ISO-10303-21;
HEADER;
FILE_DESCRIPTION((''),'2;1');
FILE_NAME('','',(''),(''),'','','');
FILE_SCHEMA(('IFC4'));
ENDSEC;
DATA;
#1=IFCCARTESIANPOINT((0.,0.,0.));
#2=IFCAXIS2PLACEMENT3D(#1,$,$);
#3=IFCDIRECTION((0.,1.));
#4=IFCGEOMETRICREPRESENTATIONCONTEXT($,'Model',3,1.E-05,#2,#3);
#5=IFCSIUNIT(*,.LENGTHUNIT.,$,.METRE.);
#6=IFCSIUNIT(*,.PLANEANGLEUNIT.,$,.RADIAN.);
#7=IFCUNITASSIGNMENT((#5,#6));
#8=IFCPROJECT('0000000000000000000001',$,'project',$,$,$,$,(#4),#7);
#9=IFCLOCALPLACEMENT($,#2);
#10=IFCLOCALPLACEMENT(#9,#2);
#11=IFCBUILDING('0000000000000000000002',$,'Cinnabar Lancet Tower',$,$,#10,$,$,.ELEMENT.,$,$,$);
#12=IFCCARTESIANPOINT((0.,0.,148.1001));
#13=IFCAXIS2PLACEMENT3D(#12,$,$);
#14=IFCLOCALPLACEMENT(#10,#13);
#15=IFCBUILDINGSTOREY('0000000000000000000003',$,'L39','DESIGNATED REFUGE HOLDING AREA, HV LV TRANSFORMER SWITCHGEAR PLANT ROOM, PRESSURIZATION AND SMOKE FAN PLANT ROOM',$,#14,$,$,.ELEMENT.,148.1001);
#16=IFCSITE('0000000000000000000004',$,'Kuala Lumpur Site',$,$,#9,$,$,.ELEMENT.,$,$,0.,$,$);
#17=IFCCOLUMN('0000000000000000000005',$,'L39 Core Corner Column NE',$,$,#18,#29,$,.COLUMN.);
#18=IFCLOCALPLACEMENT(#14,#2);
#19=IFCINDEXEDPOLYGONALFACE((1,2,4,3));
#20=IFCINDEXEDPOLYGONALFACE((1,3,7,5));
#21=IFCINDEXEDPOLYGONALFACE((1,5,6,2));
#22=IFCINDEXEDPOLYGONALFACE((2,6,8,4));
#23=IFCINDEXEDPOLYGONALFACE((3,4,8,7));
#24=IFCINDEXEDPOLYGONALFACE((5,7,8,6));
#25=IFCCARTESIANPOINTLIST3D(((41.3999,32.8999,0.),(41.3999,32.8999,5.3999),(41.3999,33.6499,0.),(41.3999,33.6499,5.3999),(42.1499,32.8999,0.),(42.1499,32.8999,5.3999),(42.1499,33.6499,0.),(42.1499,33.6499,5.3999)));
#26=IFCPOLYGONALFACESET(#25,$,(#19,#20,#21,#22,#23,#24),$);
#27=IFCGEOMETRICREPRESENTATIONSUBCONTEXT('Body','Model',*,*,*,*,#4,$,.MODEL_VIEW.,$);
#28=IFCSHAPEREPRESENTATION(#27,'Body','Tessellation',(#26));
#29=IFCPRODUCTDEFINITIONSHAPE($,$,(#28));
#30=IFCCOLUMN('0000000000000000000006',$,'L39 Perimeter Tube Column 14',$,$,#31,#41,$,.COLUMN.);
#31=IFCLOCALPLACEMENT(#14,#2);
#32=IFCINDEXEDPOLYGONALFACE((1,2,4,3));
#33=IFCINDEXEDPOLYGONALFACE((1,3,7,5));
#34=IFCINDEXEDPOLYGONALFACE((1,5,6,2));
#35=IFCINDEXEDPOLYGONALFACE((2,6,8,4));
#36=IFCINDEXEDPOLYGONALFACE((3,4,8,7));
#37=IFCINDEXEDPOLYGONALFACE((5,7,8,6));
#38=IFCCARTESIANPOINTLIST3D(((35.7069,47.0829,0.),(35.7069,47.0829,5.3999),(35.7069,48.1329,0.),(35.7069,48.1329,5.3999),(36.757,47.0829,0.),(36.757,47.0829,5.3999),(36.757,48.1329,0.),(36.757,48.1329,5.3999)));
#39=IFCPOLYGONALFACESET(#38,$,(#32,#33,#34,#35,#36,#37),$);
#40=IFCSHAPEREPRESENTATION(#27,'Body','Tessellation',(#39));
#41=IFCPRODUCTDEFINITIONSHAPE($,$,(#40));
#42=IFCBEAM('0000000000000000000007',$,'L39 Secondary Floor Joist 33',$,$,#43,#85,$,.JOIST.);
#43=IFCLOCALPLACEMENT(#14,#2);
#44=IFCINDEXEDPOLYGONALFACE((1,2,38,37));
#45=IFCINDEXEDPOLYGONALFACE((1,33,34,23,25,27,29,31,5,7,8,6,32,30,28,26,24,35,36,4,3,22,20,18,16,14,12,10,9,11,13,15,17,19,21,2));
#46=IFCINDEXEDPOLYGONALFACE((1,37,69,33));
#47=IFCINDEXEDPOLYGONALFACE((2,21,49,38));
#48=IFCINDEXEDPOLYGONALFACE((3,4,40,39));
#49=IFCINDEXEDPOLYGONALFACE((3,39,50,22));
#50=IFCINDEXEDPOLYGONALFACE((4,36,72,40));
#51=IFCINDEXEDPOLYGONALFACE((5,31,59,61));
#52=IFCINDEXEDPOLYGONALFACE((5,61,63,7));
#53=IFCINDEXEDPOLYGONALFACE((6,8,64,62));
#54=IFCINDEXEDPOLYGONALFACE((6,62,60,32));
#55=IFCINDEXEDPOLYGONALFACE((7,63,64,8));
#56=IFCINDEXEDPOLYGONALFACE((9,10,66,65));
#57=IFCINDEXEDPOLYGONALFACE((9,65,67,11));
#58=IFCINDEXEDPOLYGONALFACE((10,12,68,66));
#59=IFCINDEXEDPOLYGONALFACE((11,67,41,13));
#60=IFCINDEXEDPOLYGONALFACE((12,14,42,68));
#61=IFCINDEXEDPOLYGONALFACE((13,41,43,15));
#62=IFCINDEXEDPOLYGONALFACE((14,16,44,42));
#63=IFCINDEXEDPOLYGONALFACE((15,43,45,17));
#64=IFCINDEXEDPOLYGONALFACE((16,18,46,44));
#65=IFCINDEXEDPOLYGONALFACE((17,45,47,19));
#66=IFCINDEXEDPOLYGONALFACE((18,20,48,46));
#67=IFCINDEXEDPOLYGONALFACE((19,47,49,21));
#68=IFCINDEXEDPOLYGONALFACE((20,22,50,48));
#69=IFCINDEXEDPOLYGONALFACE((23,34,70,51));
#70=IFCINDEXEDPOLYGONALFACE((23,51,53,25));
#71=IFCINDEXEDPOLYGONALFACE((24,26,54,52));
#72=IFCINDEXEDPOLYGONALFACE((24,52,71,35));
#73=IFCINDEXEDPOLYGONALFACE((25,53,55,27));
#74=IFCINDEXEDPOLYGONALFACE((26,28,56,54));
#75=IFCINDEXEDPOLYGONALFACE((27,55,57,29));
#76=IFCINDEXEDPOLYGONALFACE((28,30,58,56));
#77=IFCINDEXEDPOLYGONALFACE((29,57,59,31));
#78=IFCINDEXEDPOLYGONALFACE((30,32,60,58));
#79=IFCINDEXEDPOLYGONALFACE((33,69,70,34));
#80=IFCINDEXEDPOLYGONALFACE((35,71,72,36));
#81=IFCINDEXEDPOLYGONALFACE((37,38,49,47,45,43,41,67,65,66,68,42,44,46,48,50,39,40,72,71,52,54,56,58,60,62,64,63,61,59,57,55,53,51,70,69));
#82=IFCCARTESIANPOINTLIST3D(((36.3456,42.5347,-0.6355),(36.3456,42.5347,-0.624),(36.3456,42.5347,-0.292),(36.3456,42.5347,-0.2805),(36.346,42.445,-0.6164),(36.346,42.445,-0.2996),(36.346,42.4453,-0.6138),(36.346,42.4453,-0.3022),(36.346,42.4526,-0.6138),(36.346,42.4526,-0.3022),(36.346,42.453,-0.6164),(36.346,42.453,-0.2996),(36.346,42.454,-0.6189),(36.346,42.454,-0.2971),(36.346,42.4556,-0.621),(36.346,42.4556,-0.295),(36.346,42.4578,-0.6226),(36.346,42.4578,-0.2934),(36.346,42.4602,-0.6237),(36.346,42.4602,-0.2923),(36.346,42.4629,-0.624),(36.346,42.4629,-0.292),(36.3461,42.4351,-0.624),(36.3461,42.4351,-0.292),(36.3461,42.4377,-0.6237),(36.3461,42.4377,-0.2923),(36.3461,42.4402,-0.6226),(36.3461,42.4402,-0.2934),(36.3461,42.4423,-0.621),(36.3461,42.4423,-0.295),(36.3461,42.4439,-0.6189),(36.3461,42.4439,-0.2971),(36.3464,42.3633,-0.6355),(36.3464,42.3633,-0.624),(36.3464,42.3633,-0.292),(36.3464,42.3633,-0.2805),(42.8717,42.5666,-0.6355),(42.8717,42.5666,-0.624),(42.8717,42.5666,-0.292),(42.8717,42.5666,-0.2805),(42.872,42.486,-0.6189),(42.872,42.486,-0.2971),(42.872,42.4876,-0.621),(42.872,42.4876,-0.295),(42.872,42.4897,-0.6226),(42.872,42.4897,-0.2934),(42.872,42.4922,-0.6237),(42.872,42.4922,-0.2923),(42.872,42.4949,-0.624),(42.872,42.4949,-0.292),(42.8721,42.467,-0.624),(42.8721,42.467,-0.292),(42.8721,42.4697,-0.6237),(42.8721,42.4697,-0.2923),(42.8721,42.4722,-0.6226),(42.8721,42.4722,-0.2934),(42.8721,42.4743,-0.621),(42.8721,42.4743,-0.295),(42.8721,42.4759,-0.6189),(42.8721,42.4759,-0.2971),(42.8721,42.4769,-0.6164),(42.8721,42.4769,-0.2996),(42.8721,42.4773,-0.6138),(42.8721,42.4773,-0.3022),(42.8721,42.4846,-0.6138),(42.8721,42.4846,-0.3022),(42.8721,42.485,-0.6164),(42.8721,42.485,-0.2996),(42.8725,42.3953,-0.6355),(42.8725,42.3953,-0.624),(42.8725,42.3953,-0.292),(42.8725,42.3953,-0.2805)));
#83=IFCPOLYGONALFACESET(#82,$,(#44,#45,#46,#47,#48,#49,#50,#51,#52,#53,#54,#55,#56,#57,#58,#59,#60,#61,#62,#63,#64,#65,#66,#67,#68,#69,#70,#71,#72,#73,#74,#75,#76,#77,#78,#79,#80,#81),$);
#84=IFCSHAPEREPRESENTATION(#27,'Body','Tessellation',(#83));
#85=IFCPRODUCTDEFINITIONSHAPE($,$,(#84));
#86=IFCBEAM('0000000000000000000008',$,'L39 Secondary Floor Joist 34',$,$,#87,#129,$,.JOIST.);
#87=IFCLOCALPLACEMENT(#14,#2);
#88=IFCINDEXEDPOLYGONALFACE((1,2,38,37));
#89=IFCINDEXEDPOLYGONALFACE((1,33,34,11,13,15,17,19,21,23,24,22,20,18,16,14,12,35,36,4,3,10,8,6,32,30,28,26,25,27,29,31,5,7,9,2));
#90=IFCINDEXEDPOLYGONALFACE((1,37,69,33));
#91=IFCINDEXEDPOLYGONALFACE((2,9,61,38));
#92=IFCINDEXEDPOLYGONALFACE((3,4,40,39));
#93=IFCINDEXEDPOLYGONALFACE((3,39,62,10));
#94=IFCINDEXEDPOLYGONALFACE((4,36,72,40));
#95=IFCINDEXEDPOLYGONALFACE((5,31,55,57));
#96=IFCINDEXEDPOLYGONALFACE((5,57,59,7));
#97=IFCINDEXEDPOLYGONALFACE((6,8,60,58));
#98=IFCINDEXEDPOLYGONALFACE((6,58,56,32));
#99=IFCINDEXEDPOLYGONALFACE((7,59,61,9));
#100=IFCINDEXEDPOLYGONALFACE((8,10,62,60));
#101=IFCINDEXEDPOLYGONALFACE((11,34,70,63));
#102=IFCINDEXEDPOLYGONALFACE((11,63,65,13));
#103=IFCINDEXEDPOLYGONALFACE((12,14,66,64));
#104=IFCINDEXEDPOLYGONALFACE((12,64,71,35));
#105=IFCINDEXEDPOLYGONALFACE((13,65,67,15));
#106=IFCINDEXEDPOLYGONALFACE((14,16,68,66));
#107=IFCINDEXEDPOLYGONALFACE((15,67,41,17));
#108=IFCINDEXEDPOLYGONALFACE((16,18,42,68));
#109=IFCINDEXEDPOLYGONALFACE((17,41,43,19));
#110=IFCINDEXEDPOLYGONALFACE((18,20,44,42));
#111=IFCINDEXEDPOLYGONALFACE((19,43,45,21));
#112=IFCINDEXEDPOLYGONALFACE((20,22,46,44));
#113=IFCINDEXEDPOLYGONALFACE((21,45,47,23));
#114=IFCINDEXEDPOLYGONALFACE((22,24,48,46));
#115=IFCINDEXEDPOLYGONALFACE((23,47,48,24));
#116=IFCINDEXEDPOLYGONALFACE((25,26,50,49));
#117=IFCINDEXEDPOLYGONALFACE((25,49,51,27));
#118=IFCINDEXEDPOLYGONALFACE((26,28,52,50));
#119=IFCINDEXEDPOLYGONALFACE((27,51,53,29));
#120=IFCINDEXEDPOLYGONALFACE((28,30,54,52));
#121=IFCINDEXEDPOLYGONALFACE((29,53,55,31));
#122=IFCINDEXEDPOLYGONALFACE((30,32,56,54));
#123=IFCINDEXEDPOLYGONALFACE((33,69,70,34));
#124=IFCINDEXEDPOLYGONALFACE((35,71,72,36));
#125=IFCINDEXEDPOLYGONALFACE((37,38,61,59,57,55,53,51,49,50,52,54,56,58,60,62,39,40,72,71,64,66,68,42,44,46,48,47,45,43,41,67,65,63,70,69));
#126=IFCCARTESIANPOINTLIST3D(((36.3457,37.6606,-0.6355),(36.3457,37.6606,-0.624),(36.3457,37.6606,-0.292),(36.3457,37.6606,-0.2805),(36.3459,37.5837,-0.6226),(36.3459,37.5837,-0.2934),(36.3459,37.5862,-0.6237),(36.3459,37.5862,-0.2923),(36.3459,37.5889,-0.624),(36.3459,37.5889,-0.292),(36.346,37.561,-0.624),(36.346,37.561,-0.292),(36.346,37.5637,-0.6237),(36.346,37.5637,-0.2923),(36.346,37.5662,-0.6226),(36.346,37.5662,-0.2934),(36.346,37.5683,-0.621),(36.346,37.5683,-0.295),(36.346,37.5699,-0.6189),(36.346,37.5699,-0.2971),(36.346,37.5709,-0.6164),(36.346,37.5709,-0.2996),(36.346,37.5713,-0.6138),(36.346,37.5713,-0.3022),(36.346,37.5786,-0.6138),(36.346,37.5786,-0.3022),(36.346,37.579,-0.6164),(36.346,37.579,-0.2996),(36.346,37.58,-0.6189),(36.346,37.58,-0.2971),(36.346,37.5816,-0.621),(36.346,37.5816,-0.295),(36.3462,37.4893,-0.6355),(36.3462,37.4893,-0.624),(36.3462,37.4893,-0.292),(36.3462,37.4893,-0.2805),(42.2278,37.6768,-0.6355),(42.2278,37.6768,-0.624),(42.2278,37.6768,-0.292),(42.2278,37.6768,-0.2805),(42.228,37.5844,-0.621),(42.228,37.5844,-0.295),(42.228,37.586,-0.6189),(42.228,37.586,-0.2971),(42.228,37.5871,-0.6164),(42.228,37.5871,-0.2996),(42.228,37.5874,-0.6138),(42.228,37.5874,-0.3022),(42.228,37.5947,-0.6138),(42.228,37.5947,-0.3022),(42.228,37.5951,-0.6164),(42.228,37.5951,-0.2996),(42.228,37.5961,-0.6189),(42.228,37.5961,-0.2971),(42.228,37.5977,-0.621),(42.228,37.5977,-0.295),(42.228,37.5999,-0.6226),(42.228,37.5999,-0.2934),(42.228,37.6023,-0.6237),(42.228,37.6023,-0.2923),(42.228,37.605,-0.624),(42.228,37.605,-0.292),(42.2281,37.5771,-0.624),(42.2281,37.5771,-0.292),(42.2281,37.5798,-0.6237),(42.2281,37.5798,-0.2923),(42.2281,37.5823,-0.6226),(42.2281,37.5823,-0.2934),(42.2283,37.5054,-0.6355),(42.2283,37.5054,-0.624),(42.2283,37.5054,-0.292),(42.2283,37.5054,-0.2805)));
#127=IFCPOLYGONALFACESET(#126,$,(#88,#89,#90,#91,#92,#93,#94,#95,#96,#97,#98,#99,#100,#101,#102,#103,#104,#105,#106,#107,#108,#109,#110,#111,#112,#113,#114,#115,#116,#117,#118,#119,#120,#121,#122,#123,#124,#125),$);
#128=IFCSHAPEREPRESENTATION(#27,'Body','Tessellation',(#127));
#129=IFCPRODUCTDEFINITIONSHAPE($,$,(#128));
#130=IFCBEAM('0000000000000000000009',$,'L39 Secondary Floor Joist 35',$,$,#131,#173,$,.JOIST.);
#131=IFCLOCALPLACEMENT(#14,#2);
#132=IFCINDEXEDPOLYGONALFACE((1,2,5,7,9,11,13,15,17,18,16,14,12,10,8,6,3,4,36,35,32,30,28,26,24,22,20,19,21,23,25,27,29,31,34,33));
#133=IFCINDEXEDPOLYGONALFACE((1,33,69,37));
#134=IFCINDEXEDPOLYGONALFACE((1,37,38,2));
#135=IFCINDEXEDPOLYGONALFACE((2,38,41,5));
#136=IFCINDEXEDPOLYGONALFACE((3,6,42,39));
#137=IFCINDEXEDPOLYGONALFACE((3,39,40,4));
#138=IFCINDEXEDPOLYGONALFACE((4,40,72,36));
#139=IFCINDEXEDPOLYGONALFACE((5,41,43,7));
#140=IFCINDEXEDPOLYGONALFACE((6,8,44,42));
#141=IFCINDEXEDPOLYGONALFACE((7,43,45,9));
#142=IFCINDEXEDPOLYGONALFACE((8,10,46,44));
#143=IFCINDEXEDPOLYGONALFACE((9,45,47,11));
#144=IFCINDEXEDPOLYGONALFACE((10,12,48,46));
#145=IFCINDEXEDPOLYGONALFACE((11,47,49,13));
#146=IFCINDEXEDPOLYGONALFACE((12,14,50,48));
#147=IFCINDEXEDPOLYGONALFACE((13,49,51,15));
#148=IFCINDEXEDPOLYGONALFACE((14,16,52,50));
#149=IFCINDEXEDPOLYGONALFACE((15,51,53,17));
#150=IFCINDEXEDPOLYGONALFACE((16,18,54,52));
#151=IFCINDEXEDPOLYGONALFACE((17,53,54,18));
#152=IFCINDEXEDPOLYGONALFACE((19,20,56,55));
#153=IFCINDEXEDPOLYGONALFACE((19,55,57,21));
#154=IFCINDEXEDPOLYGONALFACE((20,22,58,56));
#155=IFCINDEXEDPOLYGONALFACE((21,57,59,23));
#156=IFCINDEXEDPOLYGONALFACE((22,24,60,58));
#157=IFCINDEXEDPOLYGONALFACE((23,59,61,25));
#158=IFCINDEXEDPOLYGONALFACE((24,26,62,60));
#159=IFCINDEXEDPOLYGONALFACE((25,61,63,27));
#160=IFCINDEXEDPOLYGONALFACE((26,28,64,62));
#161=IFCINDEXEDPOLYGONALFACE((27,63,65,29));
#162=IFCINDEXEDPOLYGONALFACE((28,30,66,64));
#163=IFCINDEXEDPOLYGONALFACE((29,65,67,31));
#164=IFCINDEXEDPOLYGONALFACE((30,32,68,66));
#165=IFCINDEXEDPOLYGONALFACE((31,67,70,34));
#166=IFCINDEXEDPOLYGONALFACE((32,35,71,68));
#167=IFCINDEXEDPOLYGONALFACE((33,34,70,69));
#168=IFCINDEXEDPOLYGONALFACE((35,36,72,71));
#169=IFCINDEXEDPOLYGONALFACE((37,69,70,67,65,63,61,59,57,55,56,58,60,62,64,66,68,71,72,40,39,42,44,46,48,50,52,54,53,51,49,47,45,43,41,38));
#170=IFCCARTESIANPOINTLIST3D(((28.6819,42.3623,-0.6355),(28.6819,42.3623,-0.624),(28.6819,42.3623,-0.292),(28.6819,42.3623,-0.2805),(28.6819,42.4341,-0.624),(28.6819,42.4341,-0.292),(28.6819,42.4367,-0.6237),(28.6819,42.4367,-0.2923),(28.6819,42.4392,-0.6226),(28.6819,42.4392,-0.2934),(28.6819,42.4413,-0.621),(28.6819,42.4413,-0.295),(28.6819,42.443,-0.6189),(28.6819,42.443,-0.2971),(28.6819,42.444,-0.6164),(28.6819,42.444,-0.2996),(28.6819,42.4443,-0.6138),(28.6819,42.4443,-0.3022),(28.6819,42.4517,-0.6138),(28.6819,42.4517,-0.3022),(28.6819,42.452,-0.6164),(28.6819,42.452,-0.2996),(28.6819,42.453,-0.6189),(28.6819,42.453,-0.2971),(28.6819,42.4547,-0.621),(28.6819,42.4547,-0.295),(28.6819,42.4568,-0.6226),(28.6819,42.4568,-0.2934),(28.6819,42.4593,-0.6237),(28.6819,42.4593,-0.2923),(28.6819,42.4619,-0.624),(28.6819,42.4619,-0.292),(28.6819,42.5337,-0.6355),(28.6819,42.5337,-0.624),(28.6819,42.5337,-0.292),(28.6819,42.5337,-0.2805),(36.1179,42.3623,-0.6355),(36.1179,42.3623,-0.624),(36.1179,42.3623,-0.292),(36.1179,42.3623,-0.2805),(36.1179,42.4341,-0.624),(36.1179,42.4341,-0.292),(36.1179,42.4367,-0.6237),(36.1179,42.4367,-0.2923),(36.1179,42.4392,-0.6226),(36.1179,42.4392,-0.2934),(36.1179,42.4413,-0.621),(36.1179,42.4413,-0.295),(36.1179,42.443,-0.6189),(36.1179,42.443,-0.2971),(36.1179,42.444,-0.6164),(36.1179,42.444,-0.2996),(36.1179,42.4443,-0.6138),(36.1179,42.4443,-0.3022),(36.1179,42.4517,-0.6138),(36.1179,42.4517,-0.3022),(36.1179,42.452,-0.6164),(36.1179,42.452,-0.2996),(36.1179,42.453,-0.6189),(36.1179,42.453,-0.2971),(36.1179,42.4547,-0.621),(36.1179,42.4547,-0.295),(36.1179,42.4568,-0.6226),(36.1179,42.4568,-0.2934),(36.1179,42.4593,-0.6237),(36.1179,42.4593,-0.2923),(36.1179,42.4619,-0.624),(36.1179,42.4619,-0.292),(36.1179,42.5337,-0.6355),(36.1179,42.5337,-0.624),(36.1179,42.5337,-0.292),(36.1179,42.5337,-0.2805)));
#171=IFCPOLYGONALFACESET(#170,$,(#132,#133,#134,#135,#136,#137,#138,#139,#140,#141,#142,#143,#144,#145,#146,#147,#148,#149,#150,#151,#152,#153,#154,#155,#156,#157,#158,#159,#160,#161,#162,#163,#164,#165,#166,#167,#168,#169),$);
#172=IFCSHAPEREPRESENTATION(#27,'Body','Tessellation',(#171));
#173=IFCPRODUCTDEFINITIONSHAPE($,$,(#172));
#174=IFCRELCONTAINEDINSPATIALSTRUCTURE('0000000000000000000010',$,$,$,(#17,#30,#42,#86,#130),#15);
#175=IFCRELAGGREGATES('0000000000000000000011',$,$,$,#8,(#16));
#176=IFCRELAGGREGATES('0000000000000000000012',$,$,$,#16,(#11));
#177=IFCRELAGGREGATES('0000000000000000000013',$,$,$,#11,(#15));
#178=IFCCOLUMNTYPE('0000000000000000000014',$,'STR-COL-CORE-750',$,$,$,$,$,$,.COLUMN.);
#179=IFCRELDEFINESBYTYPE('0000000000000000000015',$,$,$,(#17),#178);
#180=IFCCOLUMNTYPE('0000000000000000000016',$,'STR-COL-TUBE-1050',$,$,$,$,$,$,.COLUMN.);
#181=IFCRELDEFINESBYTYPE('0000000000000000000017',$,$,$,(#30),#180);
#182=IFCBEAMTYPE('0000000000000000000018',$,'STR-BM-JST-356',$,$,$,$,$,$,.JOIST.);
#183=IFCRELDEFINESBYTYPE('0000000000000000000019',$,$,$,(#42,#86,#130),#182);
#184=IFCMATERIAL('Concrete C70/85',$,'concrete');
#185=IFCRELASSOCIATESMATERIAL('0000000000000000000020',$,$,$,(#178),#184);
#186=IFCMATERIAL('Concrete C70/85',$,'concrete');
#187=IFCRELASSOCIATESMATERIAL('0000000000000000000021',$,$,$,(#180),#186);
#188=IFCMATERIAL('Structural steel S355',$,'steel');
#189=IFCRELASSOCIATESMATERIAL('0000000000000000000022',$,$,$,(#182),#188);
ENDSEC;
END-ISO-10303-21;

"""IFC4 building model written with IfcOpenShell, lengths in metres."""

from ifc_helpers import new_model, si_unit, direction, frame, origin, origin_2d, place, context, subcontext, project, spatial, rectangle, i_section, extrude, material, material_profile, profile_set, type_object, element, save


model = new_model("IFC4")

# Units and contexts
model_context = context("Model", 3, precision=1e-05, world=origin(), true_north=direction((0.0, 1.0)))
body_context = subcontext(model_context, "Body", "Model", "MODEL_VIEW")
ifc_project = project(units=[si_unit("LENGTHUNIT", "METRE"), si_unit("PLANEANGLEUNIT", "RADIAN")], contexts=[model_context])

# Site, building, storey
site_placement = place(None, origin())
site = spatial("IfcSite", under=ifc_project, at=site_placement, Name="Kuala Lumpur Site", CompositionType="ELEMENT", RefElevation=0.0)
building_placement = place(site_placement, origin())
building = spatial("IfcBuilding", under=site, at=building_placement, Name="Cinnabar Lancet Tower", CompositionType="ELEMENT")
storey_placement = place(building_placement, frame((0.0, 0.0, 148.1001)))
storey = spatial("IfcBuildingStorey", under=building, at=storey_placement, Name="L39", Description="DESIGNATED REFUGE HOLDING AREA, HV LV TRANSFORMER SWITCHGEAR PLANT ROOM, PRESSURIZATION AND SMOKE FAN PLANT ROOM", CompositionType="ELEMENT", Elevation=148.1001)

# Columns
ifc_material_1 = material(Name="Concrete C70/85", Category="concrete")
ifc_material_profile_1 = material_profile(ifc_material_1, rectangle(XDim=0.75, YDim=0.75, at=origin_2d()), Name="RC-COL 750x750")
ifc_profile_set_1 = profile_set([ifc_material_profile_1], Name="Concrete C70/85")
column_type_1 = type_object("IfcColumnType", Name="STR-COL-CORE-750", PredefinedType="COLUMN", material=ifc_profile_set_1)
column_1_placement = place(storey_placement, frame((41.7749, 33.2749, 0.0), z_axis=(0.0, 0.0, 1.0), x_axis=(1.0, 0.0, 0.0)))
element("IfcColumn", 1, at=column_1_placement, inside=storey, type_object=column_type_1, Name="L39 Core Corner Column NE", PredefinedType="COLUMN", context=body_context, shape_type="SweptSolid", body=[
    extrude(rectangle(XDim=0.75, YDim=0.75, at=origin_2d()), origin(), (0.0, 0.0, 1.0), 5.3999),
])
ifc_material_2 = material(Name="Concrete C70/85", Category="concrete")
ifc_material_profile_2 = material_profile(ifc_material_2, rectangle(XDim=1.05, YDim=1.05, at=origin_2d()), Name="RC-COL 1050x1050")
ifc_profile_set_2 = profile_set([ifc_material_profile_2], Name="Concrete C70/85")
column_type_2 = type_object("IfcColumnType", Name="STR-COL-TUBE-1050", PredefinedType="COLUMN", material=ifc_profile_set_2)
column_2_placement = place(storey_placement, frame((36.2319, 47.6079, 0.0), z_axis=(0.0, 0.0, 1.0), x_axis=(1.0, 0.0, 0.0)))
element("IfcColumn", 2, at=column_2_placement, inside=storey, type_object=column_type_2, Name="L39 Perimeter Tube Column 14", PredefinedType="COLUMN", context=body_context, shape_type="SweptSolid", body=[
    extrude(rectangle(XDim=1.05, YDim=1.05, at=origin_2d()), origin(), (0.0, 0.0, 1.0), 5.3999),
])

# Beams
ifc_material_3 = material(Name="Structural steel S355", Category="steel")
ifc_material_profile_3 = material_profile(ifc_material_3, i_section(OverallWidth=0.1714, OverallDepth=0.355, WebThickness=0.0073, FlangeThickness=0.0115, FilletRadius=0.0103, at=origin_2d()), Name="UKB 356x171x51")
ifc_profile_set_3 = profile_set([ifc_material_profile_3], Name="Structural steel S355")
beam_type_1 = type_object("IfcBeamType", Name="STR-BM-JST-356", PredefinedType="JOIST", material=ifc_profile_set_3)
beam_1_placement = place(storey_placement, frame((42.8721, 42.481, -0.458), z_axis=(-0.999988, -0.004901, 0.0), x_axis=(0.004901, -0.999988, 0.0)))
element("IfcBeam", 3, at=beam_1_placement, inside=storey, type_object=beam_type_1, Name="L39 Secondary Floor Joist 33", PredefinedType="JOIST", context=body_context, shape_type="SweptSolid", body=[
    extrude(i_section(OverallWidth=0.1714, OverallDepth=0.355, WebThickness=0.0073, FlangeThickness=0.0115, FilletRadius=0.0103, at=origin_2d()), origin(), (0.0, 0.0, 1.0), 6.5261),
])
beam_2_placement = place(storey_placement, frame((42.228, 37.5911, -0.458), z_axis=(-0.999996, -0.002739, 0.0), x_axis=(0.002739, -0.999996, 0.0)))
element("IfcBeam", 4, at=beam_2_placement, inside=storey, type_object=beam_type_1, Name="L39 Secondary Floor Joist 34", PredefinedType="JOIST", context=body_context, shape_type="SweptSolid", body=[
    extrude(i_section(OverallWidth=0.1714, OverallDepth=0.355, WebThickness=0.0073, FlangeThickness=0.0115, FilletRadius=0.0103, at=origin_2d()), origin(), (0.0, 0.0, 1.0), 5.8821),
])
for number, where, z_axis, x_axis, name in (
    (5, (36.1179, 42.448, -0.458), (-1.0, 0.0, 0.0), (0.0, -1.0, 0.0), "L39 Secondary Floor Joist 35"),
):
    element("IfcBeam", number, at=place(storey_placement, frame(where, z_axis=z_axis, x_axis=x_axis)), inside=storey, type_object=beam_type_1, Name=name, PredefinedType="JOIST", context=body_context, shape_type="SweptSolid", body=[
        extrude(i_section(OverallWidth=0.1714, OverallDepth=0.355, WebThickness=0.0073, FlangeThickness=0.0115, FilletRadius=0.0103, at=origin_2d()), origin(), (0.0, 0.0, 1.0), 7.436),
    ])

save(model, "model.ifc")
